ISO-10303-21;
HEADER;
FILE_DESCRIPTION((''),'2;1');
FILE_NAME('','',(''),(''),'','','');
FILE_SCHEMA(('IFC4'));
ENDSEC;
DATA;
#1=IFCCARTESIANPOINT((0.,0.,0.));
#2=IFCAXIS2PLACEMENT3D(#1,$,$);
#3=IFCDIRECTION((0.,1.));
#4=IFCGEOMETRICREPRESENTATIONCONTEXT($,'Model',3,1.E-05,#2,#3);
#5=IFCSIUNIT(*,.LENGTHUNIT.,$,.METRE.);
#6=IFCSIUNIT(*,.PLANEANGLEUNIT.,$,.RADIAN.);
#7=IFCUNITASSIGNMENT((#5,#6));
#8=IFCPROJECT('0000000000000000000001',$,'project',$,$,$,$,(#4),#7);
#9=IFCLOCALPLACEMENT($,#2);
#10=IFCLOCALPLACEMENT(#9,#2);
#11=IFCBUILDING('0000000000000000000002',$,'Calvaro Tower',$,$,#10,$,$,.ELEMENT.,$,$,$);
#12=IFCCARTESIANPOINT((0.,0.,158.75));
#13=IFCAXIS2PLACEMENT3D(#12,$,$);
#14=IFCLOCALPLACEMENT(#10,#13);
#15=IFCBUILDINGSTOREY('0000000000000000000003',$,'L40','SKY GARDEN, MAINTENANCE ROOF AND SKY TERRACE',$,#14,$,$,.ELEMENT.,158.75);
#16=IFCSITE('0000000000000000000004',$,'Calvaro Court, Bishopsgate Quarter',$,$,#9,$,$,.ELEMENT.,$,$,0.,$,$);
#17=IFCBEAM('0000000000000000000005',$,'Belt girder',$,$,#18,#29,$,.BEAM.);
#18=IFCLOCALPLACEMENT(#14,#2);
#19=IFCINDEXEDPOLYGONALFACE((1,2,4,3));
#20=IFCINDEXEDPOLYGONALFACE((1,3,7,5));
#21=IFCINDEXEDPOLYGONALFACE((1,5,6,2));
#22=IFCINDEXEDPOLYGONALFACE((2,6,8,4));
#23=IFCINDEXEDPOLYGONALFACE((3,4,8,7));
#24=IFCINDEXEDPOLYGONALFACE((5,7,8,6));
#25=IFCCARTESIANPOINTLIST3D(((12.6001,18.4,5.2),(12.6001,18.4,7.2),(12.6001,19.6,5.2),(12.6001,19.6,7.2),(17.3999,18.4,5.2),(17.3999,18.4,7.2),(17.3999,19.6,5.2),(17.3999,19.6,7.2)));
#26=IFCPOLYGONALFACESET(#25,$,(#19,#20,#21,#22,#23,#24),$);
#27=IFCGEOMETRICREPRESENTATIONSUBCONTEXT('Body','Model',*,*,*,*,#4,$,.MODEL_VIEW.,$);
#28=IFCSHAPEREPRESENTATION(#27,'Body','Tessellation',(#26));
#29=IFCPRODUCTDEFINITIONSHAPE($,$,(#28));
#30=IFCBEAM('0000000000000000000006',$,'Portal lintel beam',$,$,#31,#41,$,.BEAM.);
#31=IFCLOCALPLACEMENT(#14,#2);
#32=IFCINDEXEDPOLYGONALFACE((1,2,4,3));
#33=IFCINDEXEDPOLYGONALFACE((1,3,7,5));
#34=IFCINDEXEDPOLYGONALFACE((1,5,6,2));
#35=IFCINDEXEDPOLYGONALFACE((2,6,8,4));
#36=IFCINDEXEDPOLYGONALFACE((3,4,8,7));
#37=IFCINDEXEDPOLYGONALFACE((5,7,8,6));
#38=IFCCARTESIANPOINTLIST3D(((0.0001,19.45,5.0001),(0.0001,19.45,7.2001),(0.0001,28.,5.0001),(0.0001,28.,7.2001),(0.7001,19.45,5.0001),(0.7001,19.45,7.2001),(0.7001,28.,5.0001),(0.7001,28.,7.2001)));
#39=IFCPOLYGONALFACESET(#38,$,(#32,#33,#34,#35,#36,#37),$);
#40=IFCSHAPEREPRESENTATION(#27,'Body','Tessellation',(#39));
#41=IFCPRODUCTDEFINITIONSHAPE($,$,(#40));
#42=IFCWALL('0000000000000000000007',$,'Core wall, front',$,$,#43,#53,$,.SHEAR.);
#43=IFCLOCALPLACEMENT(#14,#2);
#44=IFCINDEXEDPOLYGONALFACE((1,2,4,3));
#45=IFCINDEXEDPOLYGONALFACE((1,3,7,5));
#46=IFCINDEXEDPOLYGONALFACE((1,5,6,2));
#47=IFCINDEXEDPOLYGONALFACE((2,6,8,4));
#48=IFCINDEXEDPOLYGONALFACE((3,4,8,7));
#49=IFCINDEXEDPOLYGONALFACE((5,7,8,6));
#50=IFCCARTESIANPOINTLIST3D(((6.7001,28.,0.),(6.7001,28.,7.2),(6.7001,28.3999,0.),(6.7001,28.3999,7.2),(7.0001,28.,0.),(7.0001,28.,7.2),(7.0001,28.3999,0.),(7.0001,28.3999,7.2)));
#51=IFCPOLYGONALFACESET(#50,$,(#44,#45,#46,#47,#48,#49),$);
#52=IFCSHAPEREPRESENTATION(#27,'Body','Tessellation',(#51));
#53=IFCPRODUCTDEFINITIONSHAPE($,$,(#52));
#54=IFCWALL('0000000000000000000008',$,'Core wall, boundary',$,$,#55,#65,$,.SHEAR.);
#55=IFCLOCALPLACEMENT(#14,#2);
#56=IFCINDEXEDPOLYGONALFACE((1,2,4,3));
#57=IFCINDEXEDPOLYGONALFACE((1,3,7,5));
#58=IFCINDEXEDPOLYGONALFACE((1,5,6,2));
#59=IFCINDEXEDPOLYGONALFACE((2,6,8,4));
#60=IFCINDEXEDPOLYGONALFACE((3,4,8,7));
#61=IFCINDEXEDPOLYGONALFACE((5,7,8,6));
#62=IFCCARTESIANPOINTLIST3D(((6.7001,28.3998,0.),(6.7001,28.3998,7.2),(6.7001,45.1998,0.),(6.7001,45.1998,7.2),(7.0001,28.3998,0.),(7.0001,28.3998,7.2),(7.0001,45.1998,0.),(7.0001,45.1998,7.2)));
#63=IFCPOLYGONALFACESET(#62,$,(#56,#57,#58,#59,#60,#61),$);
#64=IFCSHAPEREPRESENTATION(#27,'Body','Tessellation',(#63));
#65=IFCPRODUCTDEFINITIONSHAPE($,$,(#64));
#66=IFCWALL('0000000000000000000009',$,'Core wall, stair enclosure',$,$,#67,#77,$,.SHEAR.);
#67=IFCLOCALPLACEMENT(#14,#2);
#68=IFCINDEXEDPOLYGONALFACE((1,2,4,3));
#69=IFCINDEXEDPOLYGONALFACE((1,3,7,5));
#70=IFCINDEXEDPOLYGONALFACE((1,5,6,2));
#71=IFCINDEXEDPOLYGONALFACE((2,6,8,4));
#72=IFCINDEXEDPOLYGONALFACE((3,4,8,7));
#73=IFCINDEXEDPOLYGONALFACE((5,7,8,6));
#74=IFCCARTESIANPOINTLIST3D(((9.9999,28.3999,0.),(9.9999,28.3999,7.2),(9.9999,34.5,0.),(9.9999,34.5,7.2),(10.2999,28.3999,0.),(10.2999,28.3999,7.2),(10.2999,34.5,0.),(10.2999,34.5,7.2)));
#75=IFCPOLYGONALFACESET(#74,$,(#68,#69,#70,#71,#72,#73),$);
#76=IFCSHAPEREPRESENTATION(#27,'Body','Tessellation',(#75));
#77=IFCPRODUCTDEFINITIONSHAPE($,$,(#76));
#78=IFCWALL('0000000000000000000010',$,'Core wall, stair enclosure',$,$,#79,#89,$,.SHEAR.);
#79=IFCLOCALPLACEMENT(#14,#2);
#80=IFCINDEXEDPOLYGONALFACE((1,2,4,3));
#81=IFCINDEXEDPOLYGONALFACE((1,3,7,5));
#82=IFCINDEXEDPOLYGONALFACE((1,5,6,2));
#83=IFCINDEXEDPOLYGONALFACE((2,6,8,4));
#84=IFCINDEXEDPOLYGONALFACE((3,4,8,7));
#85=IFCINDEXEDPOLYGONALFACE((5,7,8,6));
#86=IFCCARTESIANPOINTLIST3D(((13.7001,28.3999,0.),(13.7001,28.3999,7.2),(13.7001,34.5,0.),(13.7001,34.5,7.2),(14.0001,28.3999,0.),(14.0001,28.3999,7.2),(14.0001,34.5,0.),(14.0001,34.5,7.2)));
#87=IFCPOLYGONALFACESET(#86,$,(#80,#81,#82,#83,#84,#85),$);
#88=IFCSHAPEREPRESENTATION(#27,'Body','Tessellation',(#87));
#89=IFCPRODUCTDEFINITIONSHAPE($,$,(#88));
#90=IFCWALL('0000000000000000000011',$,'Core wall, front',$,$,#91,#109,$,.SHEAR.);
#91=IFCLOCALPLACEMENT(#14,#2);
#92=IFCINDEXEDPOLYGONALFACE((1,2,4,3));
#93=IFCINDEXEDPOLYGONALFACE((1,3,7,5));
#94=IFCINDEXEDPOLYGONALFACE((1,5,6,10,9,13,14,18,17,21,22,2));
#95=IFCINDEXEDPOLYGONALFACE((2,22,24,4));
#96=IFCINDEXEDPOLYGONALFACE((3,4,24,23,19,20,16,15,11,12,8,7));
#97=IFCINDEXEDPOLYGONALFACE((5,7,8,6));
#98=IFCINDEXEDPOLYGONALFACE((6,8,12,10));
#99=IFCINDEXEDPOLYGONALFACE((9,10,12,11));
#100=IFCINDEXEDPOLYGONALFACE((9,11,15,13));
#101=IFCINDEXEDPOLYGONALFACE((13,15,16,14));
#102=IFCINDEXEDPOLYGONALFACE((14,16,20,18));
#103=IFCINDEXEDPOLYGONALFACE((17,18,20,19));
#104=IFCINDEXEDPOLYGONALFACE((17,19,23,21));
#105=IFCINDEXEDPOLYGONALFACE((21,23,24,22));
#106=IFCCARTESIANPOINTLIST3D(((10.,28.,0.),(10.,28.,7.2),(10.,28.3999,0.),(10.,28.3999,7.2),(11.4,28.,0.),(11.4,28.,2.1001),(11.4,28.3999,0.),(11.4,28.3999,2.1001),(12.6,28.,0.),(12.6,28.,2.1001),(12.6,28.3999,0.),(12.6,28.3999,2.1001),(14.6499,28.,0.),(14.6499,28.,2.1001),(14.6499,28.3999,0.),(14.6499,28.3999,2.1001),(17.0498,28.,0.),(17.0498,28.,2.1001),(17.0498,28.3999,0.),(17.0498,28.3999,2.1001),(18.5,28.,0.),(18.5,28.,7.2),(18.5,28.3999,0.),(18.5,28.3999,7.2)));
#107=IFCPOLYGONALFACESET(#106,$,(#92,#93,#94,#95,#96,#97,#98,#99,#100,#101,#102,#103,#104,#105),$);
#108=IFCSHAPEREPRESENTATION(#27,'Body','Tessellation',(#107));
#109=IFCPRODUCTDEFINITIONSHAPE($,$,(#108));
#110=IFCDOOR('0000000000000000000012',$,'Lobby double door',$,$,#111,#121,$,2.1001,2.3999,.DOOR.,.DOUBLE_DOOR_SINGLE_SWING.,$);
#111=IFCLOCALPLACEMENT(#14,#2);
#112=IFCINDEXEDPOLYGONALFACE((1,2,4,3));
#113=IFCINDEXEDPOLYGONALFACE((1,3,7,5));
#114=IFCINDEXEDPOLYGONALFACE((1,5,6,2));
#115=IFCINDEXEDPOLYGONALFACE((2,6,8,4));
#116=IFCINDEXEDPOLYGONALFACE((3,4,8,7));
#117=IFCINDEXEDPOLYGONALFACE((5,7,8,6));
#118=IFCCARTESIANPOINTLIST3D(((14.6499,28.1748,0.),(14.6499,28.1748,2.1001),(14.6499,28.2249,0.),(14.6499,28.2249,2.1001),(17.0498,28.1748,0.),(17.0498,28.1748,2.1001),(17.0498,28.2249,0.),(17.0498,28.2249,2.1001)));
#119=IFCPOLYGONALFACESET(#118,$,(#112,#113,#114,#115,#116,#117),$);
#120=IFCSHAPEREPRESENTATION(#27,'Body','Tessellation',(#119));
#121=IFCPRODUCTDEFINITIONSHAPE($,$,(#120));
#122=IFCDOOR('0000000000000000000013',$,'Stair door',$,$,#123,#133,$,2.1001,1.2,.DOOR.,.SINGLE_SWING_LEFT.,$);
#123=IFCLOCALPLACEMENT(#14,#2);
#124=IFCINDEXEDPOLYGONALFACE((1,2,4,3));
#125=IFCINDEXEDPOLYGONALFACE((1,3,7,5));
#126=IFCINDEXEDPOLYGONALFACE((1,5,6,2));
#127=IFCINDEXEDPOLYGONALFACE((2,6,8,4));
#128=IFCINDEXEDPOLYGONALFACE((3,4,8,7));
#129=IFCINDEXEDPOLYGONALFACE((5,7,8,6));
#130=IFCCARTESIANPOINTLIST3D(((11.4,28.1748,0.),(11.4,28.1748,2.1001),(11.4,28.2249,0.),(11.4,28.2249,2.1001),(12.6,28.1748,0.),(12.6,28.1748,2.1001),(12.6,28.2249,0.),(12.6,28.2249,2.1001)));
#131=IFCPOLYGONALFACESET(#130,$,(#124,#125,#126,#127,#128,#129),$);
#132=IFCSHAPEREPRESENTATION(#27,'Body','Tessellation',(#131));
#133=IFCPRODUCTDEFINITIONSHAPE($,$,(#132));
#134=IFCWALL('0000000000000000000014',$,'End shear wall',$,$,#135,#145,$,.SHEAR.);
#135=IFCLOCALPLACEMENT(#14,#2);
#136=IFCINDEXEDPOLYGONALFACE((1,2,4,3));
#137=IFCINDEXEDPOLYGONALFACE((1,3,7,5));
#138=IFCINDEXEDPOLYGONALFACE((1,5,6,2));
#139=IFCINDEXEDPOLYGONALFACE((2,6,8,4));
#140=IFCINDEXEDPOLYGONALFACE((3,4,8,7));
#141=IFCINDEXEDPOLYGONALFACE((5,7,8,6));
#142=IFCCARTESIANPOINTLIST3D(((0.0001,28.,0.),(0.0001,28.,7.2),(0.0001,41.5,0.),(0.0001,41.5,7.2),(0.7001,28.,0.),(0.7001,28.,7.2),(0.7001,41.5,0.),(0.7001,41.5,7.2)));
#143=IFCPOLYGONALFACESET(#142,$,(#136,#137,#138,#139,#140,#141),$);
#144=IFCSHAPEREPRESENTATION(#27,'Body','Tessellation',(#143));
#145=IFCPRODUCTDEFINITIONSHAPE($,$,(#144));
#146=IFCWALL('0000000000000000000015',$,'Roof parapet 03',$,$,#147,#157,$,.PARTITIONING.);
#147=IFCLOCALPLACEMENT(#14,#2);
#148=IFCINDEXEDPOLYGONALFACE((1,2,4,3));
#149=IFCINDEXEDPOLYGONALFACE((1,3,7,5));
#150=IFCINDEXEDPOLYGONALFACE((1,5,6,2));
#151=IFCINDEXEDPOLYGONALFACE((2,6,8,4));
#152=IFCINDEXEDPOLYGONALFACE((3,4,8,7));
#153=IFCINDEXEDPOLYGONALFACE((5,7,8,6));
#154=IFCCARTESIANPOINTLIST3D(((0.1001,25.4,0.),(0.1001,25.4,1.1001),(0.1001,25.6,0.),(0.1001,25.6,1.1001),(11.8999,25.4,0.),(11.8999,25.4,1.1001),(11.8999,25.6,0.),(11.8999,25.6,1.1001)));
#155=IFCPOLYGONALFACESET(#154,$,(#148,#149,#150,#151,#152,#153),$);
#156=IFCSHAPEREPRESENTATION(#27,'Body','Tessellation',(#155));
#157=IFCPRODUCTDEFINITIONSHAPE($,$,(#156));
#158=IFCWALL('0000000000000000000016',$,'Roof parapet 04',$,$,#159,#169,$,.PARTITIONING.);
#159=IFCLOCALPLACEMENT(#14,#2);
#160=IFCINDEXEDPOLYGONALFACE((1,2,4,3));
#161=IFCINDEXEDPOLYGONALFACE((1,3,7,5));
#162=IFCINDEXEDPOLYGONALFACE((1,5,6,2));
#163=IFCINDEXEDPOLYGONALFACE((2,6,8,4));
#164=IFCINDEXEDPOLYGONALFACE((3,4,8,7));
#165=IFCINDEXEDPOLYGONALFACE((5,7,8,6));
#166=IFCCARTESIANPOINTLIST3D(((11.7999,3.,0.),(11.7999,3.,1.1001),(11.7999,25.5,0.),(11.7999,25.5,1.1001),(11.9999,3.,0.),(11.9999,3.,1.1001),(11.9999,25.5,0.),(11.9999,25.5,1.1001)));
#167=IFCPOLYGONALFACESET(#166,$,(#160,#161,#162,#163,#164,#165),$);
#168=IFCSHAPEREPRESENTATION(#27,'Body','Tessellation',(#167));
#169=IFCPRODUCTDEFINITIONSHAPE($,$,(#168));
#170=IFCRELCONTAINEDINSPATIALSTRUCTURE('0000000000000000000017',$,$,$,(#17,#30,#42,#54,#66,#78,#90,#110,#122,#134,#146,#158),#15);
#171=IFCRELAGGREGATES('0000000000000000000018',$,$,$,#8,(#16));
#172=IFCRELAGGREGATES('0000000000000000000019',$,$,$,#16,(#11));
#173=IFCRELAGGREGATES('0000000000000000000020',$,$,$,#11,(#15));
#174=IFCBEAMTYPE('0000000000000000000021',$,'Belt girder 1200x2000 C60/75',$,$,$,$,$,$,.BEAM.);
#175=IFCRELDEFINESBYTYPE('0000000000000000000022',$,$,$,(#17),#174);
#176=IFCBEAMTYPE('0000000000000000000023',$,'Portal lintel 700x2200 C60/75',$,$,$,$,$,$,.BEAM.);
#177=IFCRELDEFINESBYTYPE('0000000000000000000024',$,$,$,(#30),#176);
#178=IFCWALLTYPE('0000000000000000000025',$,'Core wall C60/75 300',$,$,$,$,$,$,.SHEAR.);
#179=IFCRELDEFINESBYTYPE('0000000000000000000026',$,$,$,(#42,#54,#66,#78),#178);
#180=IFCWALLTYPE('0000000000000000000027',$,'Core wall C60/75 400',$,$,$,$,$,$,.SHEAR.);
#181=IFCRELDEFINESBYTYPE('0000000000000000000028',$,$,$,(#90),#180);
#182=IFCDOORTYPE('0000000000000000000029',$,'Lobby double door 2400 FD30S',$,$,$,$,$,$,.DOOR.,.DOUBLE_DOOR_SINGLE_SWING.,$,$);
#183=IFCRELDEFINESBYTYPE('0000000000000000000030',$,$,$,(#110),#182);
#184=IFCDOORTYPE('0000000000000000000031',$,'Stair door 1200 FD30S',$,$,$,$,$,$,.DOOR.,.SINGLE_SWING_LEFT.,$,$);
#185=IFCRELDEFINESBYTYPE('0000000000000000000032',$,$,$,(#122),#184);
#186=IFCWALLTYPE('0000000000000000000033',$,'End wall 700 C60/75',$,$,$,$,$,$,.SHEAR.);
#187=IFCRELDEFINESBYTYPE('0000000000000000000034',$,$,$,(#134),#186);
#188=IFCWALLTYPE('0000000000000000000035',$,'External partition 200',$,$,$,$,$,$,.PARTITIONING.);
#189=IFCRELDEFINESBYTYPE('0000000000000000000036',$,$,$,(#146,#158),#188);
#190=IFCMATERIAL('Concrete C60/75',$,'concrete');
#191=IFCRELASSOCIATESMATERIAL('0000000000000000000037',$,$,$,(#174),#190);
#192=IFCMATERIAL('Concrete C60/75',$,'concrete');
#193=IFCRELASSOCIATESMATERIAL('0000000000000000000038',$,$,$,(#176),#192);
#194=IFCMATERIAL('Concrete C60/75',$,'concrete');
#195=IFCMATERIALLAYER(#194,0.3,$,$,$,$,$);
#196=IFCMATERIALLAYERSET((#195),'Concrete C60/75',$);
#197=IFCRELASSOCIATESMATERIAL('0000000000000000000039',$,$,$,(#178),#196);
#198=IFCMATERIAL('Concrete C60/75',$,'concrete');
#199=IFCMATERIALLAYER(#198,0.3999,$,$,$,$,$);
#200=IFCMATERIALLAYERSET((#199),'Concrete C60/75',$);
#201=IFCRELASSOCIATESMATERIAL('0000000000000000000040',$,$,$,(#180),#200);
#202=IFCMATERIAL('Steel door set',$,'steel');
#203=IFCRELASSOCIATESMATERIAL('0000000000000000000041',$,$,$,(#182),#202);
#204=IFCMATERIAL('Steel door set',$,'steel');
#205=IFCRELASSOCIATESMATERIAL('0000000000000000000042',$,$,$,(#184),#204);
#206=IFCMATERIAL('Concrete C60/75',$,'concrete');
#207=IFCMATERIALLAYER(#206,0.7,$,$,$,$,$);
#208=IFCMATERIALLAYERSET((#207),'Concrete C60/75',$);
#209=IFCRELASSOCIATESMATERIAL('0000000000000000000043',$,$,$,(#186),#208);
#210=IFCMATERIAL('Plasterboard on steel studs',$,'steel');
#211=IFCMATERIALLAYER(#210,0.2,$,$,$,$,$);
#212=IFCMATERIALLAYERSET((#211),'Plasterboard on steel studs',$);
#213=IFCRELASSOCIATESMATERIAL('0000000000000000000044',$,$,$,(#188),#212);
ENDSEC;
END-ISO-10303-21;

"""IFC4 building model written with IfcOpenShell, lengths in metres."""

from ifc_helpers import new_model, si_unit, direction, frame, frame_2d, origin, origin_2d, place, context, subcontext, project, spatial, rectangle, extrude, material, layer, layer_set, material_profile, profile_set, type_object, element, fill, save


model = new_model("IFC4")

# Units and contexts
model_context = context("Model", 3, precision=1e-05, world=origin(), true_north=direction((0.0, 1.0)))
body_context = subcontext(model_context, "Body", "Model", "MODEL_VIEW")
ifc_project = project(units=[si_unit("LENGTHUNIT", "METRE"), si_unit("PLANEANGLEUNIT", "RADIAN")], contexts=[model_context])

# Site, building, storey
site_placement = place(None, origin())
site = spatial("IfcSite", under=ifc_project, at=site_placement, Name="Calvaro Court, Bishopsgate Quarter", CompositionType="ELEMENT", RefElevation=0.0)
building_placement = place(site_placement, origin())
building = spatial("IfcBuilding", under=site, at=building_placement, Name="Calvaro Tower", CompositionType="ELEMENT")
storey_placement = place(building_placement, frame((0.0, 0.0, 158.75)))
storey = spatial("IfcBuildingStorey", under=building, at=storey_placement, Name="L40", Description="SKY GARDEN, MAINTENANCE ROOF AND SKY TERRACE", CompositionType="ELEMENT", Elevation=158.75)

# Beams
ifc_material_1 = material(Name="Concrete C60/75", Category="concrete")
ifc_material_profile_1 = material_profile(ifc_material_1, rectangle(XDim=1.2, YDim=2.0, at=origin_2d()), Name="RC 1200x2000")
ifc_profile_set_1 = profile_set([ifc_material_profile_1], Name="Concrete C60/75")
beam_type_1 = type_object("IfcBeamType", Name="Belt girder 1200x2000 C60/75", PredefinedType="BEAM", material=ifc_profile_set_1)
beam_1_placement = place(storey_placement, frame((12.6001, 19.0, 6.2), z_axis=(1.0, 0.0, 0.0), x_axis=(0.0, 1.0, 0.0)))
element("IfcBeam", 1, at=beam_1_placement, inside=storey, type_object=beam_type_1, Name="Belt girder", PredefinedType="BEAM", context=body_context, shape_type="SweptSolid", body=[
    extrude(rectangle(XDim=1.2, YDim=2.0, at=origin_2d()), origin(), (0.0, 0.0, 1.0), 4.7998),
])
ifc_material_2 = material(Name="Concrete C60/75", Category="concrete")
ifc_material_profile_2 = material_profile(ifc_material_2, rectangle(XDim=0.7, YDim=2.2, at=origin_2d()), Name="RC 700x2200")
ifc_profile_set_2 = profile_set([ifc_material_profile_2], Name="Concrete C60/75")
beam_type_2 = type_object("IfcBeamType", Name="Portal lintel 700x2200 C60/75", PredefinedType="BEAM", material=ifc_profile_set_2)
beam_2_placement = place(storey_placement, frame((0.3501, 19.45, 6.1001), z_axis=(0.0, 1.0, 0.0), x_axis=(-1.0, 0.0, 0.0)))
element("IfcBeam", 2, at=beam_2_placement, inside=storey, type_object=beam_type_2, Name="Portal lintel beam", PredefinedType="BEAM", context=body_context, shape_type="SweptSolid", body=[
    extrude(rectangle(XDim=0.7, YDim=2.2, at=origin_2d()), origin(), (0.0, 0.0, 1.0), 8.55),
])

# Walls
ifc_material_3 = material(Name="Concrete C60/75", Category="concrete")
ifc_layer_1 = layer(ifc_material_3, 0.3)
ifc_layer_set_1 = layer_set([ifc_layer_1], Name="Concrete C60/75")
wall_type_1 = type_object("IfcWallType", Name="Core wall C60/75 300", PredefinedType="SHEAR", material=ifc_layer_set_1)
wall_1_placement = place(storey_placement, frame((6.8501, 28.0, 0.0), z_axis=(0.0, 0.0, 1.0), x_axis=(0.0, 1.0, 0.0)))
element("IfcWall", 3, at=wall_1_placement, inside=storey, type_object=wall_type_1, Name="Core wall, front", PredefinedType="SHEAR", context=body_context, shape_type="SweptSolid", body=[
    extrude(rectangle(XDim=0.3999, YDim=0.3, at=frame_2d((0.2, 0.0))), origin(), (0.0, 0.0, 1.0), 7.2),
])
wall_2_placement = place(storey_placement, frame((6.8501, 28.3999, 0.0), z_axis=(0.0, 0.0, 1.0), x_axis=(0.0, 1.0, 0.0)))
element("IfcWall", 4, at=wall_2_placement, inside=storey, type_object=wall_type_1, Name="Core wall, boundary", PredefinedType="SHEAR", context=body_context, shape_type="SweptSolid", body=[
    extrude(rectangle(XDim=16.8, YDim=0.3, at=frame_2d((8.3999, 0.0))), origin(), (0.0, 0.0, 1.0), 7.2),
])
for number, where, z_axis, x_axis, name in (
    (5, (10.1499, 28.3999, 0.0), (0.0, 0.0, 1.0), (0.0, 1.0, 0.0), "Core wall, stair enclosure"),
    (6, (13.8501, 28.3999, 0.0), (0.0, 0.0, 1.0), (0.0, 1.0, 0.0), "Core wall, stair enclosure"),
):
    element("IfcWall", number, at=place(storey_placement, frame(where, z_axis=z_axis, x_axis=x_axis)), inside=storey, type_object=wall_type_1, Name=name, PredefinedType="SHEAR", context=body_context, shape_type="SweptSolid", body=[
        extrude(rectangle(XDim=6.1001, YDim=0.3, at=frame_2d((3.05, 0.0))), origin(), (0.0, 0.0, 1.0), 7.2),
    ])

# Wall, openings, doors
ifc_material_4 = material(Name="Concrete C60/75", Category="concrete")
ifc_layer_2 = layer(ifc_material_4, 0.3999)
ifc_layer_set_2 = layer_set([ifc_layer_2], Name="Concrete C60/75")
wall_type_2 = type_object("IfcWallType", Name="Core wall C60/75 400", PredefinedType="SHEAR", material=ifc_layer_set_2)
wall_3_placement = place(storey_placement, frame((10.0, 28.2, 0.0), z_axis=(0.0, 0.0, 1.0), x_axis=(1.0, 0.0, 0.0)))
wall_3 = element("IfcWall", 7, at=wall_3_placement, inside=storey, type_object=wall_type_2, Name="Core wall, front", PredefinedType="SHEAR", context=body_context, shape_type="SweptSolid", body=[
    extrude(rectangle(XDim=8.5, YDim=0.3999, at=frame_2d((4.25, 0.0))), origin(), (0.0, 0.0, 1.0), 7.2),
])
opening_1_placement = place(wall_3_placement, frame((1.3999, 0.0, 0.0)))
opening_1 = element("IfcOpeningElement", 8, at=opening_1_placement, cuts=wall_3, PredefinedType="OPENING", context=body_context, shape_type="SweptSolid", body=[
    extrude(rectangle(XDim=1.2, YDim=2.1001, at=frame_2d((0.6001, 1.05))), frame((0.0, 0.21, 0.0), z_axis=(0.0, -1.0, 0.0), x_axis=(1.0, 0.0, 0.0)), (0.0, 0.0, 1.0), 0.4199),
])
opening_2_placement = place(wall_3_placement, frame((4.6499, 0.0, 0.0)))
opening_2 = element("IfcOpeningElement", 9, at=opening_2_placement, cuts=wall_3, PredefinedType="OPENING", context=body_context, shape_type="SweptSolid", body=[
    extrude(rectangle(XDim=2.3999, YDim=2.1001, at=frame_2d((1.2, 1.05))), frame((0.0, 0.21, 0.0), z_axis=(0.0, -1.0, 0.0), x_axis=(1.0, 0.0, 0.0)), (0.0, 0.0, 1.0), 0.4199),
])
ifc_material_5 = material(Name="Steel door set", Category="steel")
door_type_1 = type_object("IfcDoorType", Name="Lobby double door 2400 FD30S", OperationType="DOUBLE_DOOR_SINGLE_SWING", PredefinedType="DOOR", material=ifc_material_5)
door_1_placement = place(opening_2_placement, origin())
door_1 = element("IfcDoor", 10, at=door_1_placement, inside=storey, type_object=door_type_1, Name="Lobby double door", OperationType="DOUBLE_DOOR_SINGLE_SWING", OverallHeight=2.1001, OverallWidth=2.3999, PredefinedType="DOOR", context=body_context, shape_type="SweptSolid", body=[
    extrude(rectangle(XDim=2.3999, YDim=2.1001, at=frame_2d((1.2, 1.05))), frame((0.0, 0.0249, 0.0), z_axis=(0.0, -1.0, 0.0), x_axis=(1.0, 0.0, 0.0)), (0.0, 0.0, 1.0), 0.05),
])
fill(opening_2, door_1)
ifc_material_6 = material(Name="Steel door set", Category="steel")
door_type_2 = type_object("IfcDoorType", Name="Stair door 1200 FD30S", OperationType="SINGLE_SWING_LEFT", PredefinedType="DOOR", material=ifc_material_6)
door_2_placement = place(opening_1_placement, origin())
door_2 = element("IfcDoor", 11, at=door_2_placement, inside=storey, type_object=door_type_2, Name="Stair door", OperationType="SINGLE_SWING_LEFT", OverallHeight=2.1001, OverallWidth=1.2, PredefinedType="DOOR", context=body_context, shape_type="SweptSolid", body=[
    extrude(rectangle(XDim=1.2, YDim=2.1001, at=frame_2d((0.6001, 1.05))), frame((0.0, 0.0249, 0.0), z_axis=(0.0, -1.0, 0.0), x_axis=(1.0, 0.0, 0.0)), (0.0, 0.0, 1.0), 0.05),
])
fill(opening_1, door_2)

# Walls
ifc_material_7 = material(Name="Concrete C60/75", Category="concrete")
ifc_layer_3 = layer(ifc_material_7, 0.7)
ifc_layer_set_3 = layer_set([ifc_layer_3], Name="Concrete C60/75")
wall_type_3 = type_object("IfcWallType", Name="End wall 700 C60/75", PredefinedType="SHEAR", material=ifc_layer_set_3)
wall_4_placement = place(storey_placement, frame((0.3501, 28.0, 0.0), z_axis=(0.0, 0.0, 1.0), x_axis=(0.0, 1.0, 0.0)))
element("IfcWall", 12, at=wall_4_placement, inside=storey, type_object=wall_type_3, Name="End shear wall", PredefinedType="SHEAR", context=body_context, shape_type="SweptSolid", body=[
    extrude(rectangle(XDim=13.5, YDim=0.7, at=frame_2d((6.75, 0.0))), origin(), (0.0, 0.0, 1.0), 7.2),
])
ifc_material_8 = material(Name="Plasterboard on steel studs", Category="steel")
ifc_layer_4 = layer(ifc_material_8, 0.2)
ifc_layer_set_4 = layer_set([ifc_layer_4], Name="Plasterboard on steel studs")
wall_type_4 = type_object("IfcWallType", Name="External partition 200", PredefinedType="PARTITIONING", material=ifc_layer_set_4)
wall_5_placement = place(storey_placement, frame((0.1001, 25.5, 0.0), z_axis=(0.0, 0.0, 1.0), x_axis=(1.0, 0.0, 0.0)))
element("IfcWall", 13, at=wall_5_placement, inside=storey, type_object=wall_type_4, Name="Roof parapet 03", PredefinedType="PARTITIONING", context=body_context, shape_type="SweptSolid", body=[
    extrude(rectangle(XDim=11.7998, YDim=0.2, at=frame_2d((5.8999, 0.0))), origin(), (0.0, 0.0, 1.0), 1.1001),
])
wall_6_placement = place(storey_placement, frame((11.8999, 25.5, 0.0), z_axis=(0.0, 0.0, 1.0), x_axis=(0.0, -1.0, 0.0)))
element("IfcWall", 14, at=wall_6_placement, inside=storey, type_object=wall_type_4, Name="Roof parapet 04", PredefinedType="PARTITIONING", context=body_context, shape_type="SweptSolid", body=[
    extrude(rectangle(XDim=22.5, YDim=0.2, at=frame_2d((11.25, 0.0))), origin(), (0.0, 0.0, 1.0), 1.1001),
])

save(model, "model.ifc")
